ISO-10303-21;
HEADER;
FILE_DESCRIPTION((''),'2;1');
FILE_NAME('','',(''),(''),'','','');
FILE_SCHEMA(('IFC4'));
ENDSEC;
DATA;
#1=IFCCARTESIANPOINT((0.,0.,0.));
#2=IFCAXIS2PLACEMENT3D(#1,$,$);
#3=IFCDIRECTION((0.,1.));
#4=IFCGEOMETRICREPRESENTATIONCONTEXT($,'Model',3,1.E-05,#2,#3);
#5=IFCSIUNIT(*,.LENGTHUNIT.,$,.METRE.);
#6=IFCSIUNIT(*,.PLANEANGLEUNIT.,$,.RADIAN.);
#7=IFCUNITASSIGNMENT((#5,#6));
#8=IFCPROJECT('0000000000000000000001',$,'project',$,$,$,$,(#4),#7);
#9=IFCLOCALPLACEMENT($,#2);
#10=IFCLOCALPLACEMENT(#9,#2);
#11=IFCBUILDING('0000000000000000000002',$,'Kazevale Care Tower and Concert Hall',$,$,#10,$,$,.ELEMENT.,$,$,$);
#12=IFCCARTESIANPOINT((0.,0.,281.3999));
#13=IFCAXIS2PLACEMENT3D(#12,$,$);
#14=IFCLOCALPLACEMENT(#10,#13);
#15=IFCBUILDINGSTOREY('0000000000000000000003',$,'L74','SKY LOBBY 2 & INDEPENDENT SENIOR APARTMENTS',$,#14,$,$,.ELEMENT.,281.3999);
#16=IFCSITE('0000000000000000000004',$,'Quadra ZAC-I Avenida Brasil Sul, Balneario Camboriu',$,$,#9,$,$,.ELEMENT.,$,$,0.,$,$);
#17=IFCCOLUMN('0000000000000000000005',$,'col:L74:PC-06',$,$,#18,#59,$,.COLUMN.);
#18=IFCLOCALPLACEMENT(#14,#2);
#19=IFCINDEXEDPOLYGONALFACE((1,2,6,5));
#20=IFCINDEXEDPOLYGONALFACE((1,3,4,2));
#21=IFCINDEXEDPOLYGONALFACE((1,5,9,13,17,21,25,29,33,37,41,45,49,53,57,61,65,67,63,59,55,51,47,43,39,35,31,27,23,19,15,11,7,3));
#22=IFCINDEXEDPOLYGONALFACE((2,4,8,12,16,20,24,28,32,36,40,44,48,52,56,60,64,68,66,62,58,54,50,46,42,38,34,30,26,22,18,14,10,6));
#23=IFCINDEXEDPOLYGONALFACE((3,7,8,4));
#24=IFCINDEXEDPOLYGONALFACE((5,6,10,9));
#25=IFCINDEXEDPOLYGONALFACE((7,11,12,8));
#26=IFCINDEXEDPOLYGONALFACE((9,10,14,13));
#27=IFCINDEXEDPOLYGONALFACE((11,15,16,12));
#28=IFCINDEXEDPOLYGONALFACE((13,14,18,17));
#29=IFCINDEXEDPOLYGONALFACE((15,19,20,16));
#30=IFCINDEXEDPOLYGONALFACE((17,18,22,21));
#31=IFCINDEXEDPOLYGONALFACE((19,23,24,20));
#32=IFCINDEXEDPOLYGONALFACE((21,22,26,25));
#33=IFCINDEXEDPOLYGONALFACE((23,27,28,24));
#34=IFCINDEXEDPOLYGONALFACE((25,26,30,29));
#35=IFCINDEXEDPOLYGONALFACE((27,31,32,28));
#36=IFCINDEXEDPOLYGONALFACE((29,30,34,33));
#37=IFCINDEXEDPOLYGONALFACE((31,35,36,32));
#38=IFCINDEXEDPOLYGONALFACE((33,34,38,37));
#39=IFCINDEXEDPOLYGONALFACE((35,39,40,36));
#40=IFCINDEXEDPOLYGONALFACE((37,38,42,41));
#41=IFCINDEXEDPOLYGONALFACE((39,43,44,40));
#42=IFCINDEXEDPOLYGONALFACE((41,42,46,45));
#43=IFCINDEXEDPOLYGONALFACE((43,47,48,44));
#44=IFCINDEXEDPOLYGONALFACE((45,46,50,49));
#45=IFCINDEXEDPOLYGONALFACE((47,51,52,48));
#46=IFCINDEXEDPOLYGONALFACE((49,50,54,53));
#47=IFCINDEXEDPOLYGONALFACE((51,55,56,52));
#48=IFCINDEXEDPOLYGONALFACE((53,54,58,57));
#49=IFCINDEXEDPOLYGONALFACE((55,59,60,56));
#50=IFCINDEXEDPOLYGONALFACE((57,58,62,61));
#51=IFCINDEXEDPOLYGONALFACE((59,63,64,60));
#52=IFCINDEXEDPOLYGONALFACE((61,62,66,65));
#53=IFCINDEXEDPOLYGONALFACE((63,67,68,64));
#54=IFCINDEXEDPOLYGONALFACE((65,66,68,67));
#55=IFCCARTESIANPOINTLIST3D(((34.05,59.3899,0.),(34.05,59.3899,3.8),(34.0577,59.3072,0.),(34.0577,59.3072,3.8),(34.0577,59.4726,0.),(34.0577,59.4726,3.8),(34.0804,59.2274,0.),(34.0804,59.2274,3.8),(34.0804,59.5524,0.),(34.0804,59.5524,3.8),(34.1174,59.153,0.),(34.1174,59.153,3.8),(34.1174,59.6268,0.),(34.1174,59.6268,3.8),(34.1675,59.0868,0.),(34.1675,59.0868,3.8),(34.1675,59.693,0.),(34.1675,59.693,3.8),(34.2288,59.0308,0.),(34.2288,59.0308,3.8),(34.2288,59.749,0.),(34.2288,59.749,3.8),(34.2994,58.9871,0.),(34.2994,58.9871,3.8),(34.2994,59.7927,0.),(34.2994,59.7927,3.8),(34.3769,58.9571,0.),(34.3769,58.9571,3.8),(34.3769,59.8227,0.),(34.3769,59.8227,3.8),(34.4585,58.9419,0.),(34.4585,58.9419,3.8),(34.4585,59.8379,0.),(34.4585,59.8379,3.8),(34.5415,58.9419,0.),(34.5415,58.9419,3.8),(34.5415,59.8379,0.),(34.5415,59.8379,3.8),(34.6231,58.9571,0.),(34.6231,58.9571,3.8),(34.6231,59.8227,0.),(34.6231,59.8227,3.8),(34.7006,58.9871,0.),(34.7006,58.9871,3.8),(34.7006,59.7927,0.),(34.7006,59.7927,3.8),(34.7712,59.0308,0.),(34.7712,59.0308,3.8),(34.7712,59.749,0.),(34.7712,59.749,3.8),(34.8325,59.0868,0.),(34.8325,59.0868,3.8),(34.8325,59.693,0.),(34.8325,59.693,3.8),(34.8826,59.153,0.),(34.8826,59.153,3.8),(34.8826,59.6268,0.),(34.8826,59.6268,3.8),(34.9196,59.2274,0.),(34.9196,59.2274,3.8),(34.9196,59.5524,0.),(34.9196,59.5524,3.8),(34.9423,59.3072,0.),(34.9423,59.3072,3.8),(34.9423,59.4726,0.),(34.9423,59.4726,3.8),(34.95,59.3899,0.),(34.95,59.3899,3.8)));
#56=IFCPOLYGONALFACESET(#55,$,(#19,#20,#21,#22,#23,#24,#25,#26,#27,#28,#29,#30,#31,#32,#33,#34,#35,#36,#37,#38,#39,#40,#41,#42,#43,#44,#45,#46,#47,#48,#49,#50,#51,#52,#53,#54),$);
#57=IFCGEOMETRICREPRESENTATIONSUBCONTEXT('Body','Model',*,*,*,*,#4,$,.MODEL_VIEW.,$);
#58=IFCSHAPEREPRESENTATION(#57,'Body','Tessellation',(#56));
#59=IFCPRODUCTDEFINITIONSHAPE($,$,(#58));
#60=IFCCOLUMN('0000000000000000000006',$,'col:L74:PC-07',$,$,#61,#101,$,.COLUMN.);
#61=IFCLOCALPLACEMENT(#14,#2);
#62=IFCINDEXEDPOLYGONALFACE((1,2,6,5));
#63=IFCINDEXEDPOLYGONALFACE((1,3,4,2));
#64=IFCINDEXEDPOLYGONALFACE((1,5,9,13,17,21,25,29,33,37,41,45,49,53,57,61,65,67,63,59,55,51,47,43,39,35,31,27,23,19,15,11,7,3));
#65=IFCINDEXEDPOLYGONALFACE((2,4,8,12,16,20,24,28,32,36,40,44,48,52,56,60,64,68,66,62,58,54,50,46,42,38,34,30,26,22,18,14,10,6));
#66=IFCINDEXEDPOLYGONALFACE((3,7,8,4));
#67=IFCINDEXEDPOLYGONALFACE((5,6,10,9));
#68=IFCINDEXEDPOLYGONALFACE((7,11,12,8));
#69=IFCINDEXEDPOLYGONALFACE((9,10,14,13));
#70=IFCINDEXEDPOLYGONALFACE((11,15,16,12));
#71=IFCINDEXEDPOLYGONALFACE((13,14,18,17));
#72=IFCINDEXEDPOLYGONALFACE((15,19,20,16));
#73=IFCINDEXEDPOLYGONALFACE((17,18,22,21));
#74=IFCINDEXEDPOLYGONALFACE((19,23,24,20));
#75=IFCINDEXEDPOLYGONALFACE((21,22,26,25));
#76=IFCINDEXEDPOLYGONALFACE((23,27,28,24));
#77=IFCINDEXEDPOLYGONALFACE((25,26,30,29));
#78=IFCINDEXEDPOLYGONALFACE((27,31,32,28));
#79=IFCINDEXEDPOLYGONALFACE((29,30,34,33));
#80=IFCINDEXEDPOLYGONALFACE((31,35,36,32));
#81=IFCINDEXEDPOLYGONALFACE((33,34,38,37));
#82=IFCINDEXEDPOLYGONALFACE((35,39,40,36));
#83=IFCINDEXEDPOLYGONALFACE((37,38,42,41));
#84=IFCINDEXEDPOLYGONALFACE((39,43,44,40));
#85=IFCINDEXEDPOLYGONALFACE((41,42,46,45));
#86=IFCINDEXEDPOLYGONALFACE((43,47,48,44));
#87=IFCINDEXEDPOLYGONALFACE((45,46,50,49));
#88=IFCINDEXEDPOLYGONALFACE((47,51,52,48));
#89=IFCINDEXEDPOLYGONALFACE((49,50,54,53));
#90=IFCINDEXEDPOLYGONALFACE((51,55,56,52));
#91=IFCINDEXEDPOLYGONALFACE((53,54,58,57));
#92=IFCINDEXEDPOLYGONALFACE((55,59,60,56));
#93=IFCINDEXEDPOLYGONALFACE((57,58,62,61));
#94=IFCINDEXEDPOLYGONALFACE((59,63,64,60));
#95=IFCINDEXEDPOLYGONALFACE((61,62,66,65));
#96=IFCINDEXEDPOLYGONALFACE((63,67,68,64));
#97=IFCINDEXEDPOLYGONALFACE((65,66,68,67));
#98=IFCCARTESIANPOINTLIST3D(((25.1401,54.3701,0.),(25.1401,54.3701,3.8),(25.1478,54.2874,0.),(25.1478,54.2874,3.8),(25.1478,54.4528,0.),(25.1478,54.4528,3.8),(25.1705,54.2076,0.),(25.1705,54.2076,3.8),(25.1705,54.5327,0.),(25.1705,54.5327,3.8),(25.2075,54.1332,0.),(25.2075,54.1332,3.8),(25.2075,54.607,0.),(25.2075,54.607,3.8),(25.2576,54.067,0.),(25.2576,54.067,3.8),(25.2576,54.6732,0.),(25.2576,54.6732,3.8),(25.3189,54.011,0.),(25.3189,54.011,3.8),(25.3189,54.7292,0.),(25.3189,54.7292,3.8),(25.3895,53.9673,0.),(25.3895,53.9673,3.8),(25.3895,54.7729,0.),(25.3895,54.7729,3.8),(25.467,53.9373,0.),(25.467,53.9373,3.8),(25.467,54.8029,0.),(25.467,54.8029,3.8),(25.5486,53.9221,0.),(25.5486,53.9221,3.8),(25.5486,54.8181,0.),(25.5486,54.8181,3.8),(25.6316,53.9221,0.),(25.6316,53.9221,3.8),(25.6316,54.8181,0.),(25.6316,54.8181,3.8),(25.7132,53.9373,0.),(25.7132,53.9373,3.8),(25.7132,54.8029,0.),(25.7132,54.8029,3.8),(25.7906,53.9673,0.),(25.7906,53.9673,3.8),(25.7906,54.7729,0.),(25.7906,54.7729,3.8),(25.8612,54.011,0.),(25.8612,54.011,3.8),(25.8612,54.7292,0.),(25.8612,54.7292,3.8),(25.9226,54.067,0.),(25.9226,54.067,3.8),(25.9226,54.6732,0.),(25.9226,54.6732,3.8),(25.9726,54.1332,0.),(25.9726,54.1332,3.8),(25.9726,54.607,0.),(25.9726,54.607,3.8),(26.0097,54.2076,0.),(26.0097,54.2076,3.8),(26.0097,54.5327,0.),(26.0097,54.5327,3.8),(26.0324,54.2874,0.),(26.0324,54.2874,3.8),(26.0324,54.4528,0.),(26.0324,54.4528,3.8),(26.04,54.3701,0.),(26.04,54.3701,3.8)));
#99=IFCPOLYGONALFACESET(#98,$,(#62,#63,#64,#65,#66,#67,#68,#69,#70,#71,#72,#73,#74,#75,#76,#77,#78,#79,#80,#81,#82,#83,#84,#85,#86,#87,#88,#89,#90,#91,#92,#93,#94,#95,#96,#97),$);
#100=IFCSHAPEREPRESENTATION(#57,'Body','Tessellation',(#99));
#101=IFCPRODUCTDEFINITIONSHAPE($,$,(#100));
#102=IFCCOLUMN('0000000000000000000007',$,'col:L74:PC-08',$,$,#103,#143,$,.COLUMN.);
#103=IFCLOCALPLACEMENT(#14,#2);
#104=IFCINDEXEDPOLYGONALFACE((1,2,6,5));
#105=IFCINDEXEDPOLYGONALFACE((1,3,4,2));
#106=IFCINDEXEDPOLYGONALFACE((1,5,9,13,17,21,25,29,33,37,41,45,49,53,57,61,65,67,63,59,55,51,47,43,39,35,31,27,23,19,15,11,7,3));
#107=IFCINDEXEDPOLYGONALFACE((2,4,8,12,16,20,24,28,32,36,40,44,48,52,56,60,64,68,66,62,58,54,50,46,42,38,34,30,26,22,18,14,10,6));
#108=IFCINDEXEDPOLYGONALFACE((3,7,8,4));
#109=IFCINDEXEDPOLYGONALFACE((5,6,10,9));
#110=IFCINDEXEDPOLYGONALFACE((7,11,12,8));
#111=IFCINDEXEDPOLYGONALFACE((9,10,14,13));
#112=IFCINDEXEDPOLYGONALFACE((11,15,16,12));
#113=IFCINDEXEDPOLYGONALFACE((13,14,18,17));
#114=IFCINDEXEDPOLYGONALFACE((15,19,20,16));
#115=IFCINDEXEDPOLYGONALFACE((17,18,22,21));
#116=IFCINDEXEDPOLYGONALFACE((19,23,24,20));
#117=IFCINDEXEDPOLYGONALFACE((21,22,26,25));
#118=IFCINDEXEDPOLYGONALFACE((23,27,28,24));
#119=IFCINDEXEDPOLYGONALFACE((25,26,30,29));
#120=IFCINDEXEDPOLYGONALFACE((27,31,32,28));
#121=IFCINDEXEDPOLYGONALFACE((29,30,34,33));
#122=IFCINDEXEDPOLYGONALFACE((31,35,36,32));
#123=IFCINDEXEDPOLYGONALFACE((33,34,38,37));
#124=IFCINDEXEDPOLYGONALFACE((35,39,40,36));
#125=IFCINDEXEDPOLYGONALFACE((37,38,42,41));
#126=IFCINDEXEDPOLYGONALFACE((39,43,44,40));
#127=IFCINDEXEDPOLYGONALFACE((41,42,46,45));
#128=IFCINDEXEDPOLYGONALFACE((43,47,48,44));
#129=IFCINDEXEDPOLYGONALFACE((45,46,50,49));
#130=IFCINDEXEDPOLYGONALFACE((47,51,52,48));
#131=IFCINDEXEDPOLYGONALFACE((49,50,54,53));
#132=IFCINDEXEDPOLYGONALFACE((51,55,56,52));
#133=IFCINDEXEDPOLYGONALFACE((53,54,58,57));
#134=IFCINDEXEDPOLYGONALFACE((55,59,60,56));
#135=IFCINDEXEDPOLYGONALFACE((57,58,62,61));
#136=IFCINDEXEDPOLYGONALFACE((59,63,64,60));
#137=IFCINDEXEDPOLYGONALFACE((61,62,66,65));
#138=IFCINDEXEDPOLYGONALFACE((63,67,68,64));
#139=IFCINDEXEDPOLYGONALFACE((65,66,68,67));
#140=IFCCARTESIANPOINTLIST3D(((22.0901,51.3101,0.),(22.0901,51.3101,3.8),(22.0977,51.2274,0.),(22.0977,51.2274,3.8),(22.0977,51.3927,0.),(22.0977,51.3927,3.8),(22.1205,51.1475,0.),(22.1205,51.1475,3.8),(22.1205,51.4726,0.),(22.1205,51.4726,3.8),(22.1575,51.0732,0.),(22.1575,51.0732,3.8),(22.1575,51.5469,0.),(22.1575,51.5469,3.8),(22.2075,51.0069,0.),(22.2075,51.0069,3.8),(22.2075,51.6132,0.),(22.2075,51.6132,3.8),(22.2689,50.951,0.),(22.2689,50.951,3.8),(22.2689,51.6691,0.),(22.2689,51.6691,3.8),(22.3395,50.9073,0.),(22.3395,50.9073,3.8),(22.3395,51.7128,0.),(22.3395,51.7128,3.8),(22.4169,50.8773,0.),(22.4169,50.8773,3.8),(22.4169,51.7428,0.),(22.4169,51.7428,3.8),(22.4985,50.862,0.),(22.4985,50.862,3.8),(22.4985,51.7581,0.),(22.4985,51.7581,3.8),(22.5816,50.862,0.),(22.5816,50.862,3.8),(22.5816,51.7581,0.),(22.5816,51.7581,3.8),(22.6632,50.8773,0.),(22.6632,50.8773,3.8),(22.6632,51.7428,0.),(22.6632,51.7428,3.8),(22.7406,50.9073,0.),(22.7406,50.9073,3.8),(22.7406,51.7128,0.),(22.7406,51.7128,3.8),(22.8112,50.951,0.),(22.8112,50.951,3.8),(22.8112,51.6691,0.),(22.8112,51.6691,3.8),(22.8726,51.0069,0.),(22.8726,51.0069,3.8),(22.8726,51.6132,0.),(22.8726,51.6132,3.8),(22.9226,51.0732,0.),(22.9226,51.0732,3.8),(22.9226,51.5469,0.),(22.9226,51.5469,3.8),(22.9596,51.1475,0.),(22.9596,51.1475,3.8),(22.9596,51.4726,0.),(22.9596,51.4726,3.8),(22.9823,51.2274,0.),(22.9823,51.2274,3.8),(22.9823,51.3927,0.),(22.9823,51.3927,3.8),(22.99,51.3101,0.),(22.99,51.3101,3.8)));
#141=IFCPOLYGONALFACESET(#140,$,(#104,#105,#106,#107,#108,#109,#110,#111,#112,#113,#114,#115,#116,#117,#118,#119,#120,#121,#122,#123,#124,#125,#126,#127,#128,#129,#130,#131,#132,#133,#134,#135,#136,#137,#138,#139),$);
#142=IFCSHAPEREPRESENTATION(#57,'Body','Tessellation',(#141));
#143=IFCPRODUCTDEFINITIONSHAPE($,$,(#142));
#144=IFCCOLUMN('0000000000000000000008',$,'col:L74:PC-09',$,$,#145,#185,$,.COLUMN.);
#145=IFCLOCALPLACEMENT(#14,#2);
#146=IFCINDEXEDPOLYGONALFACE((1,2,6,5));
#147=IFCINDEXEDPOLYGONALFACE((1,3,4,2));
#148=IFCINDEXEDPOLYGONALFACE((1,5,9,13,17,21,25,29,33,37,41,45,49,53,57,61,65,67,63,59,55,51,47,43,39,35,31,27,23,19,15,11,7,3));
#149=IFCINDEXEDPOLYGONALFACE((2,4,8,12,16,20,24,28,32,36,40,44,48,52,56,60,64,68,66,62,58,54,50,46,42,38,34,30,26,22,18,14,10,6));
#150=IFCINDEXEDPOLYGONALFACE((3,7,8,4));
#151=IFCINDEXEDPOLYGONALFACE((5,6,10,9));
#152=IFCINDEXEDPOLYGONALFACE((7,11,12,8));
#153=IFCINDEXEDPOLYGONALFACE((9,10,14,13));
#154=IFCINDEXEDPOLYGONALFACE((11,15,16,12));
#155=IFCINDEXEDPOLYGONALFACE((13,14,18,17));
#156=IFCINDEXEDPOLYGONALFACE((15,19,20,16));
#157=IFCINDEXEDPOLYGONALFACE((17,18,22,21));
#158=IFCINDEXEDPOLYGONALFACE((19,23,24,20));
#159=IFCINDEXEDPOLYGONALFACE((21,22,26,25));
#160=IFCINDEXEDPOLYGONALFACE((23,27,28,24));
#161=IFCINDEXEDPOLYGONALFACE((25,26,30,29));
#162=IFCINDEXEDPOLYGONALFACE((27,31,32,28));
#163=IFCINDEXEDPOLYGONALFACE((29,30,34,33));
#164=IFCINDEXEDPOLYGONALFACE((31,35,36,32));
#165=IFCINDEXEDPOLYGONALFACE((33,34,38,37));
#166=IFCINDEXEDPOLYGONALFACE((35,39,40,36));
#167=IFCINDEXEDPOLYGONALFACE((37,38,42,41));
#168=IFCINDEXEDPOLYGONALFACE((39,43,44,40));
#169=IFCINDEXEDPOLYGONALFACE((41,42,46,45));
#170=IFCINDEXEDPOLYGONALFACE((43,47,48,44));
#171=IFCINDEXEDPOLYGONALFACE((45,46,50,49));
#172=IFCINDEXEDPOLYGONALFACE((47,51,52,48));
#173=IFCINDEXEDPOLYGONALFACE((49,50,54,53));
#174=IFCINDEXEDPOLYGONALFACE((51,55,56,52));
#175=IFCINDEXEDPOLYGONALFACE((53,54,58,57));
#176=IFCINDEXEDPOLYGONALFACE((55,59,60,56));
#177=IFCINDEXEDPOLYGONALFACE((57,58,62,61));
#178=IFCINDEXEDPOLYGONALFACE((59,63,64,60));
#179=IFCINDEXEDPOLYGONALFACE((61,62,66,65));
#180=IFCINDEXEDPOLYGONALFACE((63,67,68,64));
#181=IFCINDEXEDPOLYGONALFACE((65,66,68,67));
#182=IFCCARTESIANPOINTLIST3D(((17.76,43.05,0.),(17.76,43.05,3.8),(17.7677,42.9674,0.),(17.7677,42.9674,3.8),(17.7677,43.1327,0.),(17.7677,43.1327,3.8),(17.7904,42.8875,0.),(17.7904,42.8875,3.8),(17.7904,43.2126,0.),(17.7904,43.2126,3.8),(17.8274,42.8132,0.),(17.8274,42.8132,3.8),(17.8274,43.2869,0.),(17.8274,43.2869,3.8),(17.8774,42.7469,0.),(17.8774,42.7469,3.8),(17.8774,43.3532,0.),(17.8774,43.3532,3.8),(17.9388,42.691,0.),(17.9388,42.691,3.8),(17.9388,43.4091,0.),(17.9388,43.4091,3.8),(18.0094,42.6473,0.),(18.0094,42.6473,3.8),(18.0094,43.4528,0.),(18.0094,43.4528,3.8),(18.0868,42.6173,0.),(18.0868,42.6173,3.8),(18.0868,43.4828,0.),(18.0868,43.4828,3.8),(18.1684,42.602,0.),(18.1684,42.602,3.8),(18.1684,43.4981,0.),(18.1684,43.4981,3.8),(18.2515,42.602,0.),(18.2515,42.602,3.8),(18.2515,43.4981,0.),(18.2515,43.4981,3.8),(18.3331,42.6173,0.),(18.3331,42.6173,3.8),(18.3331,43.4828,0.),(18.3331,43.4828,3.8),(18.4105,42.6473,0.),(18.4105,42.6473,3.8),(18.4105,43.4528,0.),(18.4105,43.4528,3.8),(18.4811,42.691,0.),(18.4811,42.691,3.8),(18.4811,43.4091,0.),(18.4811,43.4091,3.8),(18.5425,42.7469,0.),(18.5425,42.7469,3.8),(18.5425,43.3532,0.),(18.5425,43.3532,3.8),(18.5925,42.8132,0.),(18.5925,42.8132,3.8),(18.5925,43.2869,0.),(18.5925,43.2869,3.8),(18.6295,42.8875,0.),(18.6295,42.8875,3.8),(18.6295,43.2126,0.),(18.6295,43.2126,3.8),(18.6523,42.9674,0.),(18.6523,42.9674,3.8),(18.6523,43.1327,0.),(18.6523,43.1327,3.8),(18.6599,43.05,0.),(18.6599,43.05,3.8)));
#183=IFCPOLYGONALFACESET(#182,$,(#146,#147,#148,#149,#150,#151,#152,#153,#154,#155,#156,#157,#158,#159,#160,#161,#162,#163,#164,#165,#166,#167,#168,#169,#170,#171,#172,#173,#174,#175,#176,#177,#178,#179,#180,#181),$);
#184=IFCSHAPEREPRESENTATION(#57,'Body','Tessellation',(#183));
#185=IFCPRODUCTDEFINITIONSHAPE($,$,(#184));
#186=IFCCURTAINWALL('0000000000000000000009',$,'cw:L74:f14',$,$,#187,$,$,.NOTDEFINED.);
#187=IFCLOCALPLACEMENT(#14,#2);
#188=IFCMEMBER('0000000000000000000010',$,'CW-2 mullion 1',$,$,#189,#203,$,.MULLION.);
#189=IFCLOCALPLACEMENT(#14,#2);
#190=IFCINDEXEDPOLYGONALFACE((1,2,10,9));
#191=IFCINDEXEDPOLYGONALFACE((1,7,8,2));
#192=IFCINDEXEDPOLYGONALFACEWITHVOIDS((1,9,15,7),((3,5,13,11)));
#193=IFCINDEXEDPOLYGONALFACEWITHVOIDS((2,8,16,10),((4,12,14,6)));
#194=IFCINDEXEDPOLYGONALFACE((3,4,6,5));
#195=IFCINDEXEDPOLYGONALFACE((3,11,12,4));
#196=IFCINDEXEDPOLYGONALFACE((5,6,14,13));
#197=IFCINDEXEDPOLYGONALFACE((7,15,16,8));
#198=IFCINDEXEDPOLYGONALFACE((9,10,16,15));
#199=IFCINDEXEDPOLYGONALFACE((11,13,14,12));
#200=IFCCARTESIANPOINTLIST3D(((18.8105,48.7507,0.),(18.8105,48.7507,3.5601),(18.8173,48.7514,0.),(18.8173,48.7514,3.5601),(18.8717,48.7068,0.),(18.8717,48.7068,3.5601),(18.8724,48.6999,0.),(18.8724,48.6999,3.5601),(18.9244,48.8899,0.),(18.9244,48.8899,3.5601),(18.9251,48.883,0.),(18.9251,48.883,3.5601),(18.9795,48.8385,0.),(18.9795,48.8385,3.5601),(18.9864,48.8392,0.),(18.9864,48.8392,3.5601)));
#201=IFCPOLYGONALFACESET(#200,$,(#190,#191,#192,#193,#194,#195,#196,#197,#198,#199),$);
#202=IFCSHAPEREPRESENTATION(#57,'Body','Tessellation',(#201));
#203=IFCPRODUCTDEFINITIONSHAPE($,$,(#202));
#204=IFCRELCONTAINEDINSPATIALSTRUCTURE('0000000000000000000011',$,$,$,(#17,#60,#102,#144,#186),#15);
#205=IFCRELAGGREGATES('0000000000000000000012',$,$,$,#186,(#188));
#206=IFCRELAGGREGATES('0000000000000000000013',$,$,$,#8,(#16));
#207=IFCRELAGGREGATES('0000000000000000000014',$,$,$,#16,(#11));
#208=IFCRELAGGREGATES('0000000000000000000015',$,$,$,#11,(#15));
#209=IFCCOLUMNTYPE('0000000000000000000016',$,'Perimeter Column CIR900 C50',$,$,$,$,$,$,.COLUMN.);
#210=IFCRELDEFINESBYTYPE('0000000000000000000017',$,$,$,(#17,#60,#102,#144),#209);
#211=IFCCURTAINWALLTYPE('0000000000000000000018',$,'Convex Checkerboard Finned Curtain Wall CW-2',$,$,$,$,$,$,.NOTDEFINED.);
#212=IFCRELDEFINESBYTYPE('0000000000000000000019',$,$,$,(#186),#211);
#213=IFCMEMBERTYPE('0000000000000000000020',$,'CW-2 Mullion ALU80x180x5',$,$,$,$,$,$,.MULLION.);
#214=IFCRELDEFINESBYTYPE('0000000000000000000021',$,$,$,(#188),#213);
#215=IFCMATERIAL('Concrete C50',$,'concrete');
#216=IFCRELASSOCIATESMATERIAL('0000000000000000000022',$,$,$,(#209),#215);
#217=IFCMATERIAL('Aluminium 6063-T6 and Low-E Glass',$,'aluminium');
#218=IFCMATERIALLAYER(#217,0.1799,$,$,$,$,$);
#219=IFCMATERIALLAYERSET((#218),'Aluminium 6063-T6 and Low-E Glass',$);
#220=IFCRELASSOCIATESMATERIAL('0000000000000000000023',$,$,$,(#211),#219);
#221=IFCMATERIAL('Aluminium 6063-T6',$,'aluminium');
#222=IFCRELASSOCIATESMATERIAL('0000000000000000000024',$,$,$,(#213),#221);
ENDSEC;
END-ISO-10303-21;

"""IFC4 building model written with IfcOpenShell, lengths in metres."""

from ifc_helpers import new_model, si_unit, direction, frame, origin, origin_2d, place, context, subcontext, project, spatial, hollow_rectangle, circle, extrude, material, layer, layer_set, material_profile, profile_set, type_object, element, aggregate, save


model = new_model("IFC4")

# Units and contexts
model_context = context("Model", 3, precision=1e-05, world=origin(), true_north=direction((0.0, 1.0)))
body_context = subcontext(model_context, "Body", "Model", "MODEL_VIEW")
ifc_project = project(units=[si_unit("LENGTHUNIT", "METRE"), si_unit("PLANEANGLEUNIT", "RADIAN")], contexts=[model_context])

# Site, building, storey
site_placement = place(None, origin())
site = spatial("IfcSite", under=ifc_project, at=site_placement, Name="Quadra ZAC-I Avenida Brasil Sul, Balneario Camboriu", CompositionType="ELEMENT", RefElevation=0.0)
building_placement = place(site_placement, origin())
building = spatial("IfcBuilding", under=site, at=building_placement, Name="Kazevale Care Tower and Concert Hall", CompositionType="ELEMENT")
storey_placement = place(building_placement, frame((0.0, 0.0, 281.3999)))
storey = spatial("IfcBuildingStorey", under=building, at=storey_placement, Name="L74", Description="SKY LOBBY 2 & INDEPENDENT SENIOR APARTMENTS", CompositionType="ELEMENT", Elevation=281.3999)

# Columns
ifc_material_1 = material(Name="Concrete C50", Category="concrete")
ifc_material_profile_1 = material_profile(ifc_material_1, circle(Radius=0.45, at=origin_2d()), Name="RC-CIR900")
ifc_profile_set_1 = profile_set([ifc_material_profile_1], Name="Concrete C50")
column_type = type_object("IfcColumnType", Name="Perimeter Column CIR900 C50", PredefinedType="COLUMN", material=ifc_profile_set_1)
for number, where, z_axis, x_axis, name in (
    (1, (34.5, 59.3899, 0.0), (0.0, 0.0, 1.0), (1.0, 0.0, 0.0), "col:L74:PC-06"),
    (2, (25.5901, 54.3701, 0.0), (0.0, 0.0, 1.0), (1.0, 0.0, 0.0), "col:L74:PC-07"),
    (3, (22.54, 51.3101, 0.0), (0.0, 0.0, 1.0), (1.0, 0.0, 0.0), "col:L74:PC-08"),
    (4, (18.21, 43.05, 0.0), (0.0, 0.0, 1.0), (1.0, 0.0, 0.0), "col:L74:PC-09"),
):
    element("IfcColumn", number, at=place(storey_placement, frame(where, z_axis=z_axis, x_axis=x_axis)), inside=storey, type_object=column_type, Name=name, PredefinedType="COLUMN", context=body_context, shape_type="SweptSolid", body=[
        extrude(circle(Radius=0.45, at=origin_2d()), origin(), (0.0, 0.0, 1.0), 3.8),
    ])

# Curtain wall, member
ifc_material_2 = material(Name="Aluminium 6063-T6 and Low-E Glass", Category="aluminium")
ifc_layer_1 = layer(ifc_material_2, 0.1799)
ifc_layer_set_1 = layer_set([ifc_layer_1], Name="Aluminium 6063-T6 and Low-E Glass")
curtain_wall_type_1 = type_object("IfcCurtainWallType", Name="Convex Checkerboard Finned Curtain Wall CW-2", PredefinedType="NOTDEFINED", material=ifc_layer_set_1)
curtain_wall_1_placement = place(storey_placement, origin())
curtain_wall_1 = element("IfcCurtainWall", 5, at=curtain_wall_1_placement, inside=storey, type_object=curtain_wall_type_1, Name="cw:L74:f14", PredefinedType="NOTDEFINED")
ifc_material_3 = material(Name="Aluminium 6063-T6", Category="aluminium")
ifc_material_profile_2 = material_profile(ifc_material_3, hollow_rectangle(XDim=0.0801, YDim=0.1799, WallThickness=0.0049, at=origin_2d()), Name="ALU80x180x5")
ifc_profile_set_2 = profile_set([ifc_material_profile_2], Name="Aluminium 6063-T6")
member_type_1 = type_object("IfcMemberType", Name="CW-2 Mullion ALU80x180x5", PredefinedType="MULLION", material=ifc_profile_set_2)
member_1_placement = place(storey_placement, frame((18.8984, 48.7949, 0.0), z_axis=(0.0, 0.0, 1.0), x_axis=(-0.773803, 0.633426, 0.0)))
member_1 = element("IfcMember", 6, at=member_1_placement, type_object=member_type_1, Name="CW-2 mullion 1", PredefinedType="MULLION", context=body_context, shape_type="SweptSolid", body=[
    extrude(hollow_rectangle(XDim=0.0801, YDim=0.1799, WallThickness=0.0049, at=origin_2d()), origin(), (0.0, 0.0, 1.0), 3.5601),
])

aggregate(curtain_wall_1, [member_1])

save(model, "model.ifc")
